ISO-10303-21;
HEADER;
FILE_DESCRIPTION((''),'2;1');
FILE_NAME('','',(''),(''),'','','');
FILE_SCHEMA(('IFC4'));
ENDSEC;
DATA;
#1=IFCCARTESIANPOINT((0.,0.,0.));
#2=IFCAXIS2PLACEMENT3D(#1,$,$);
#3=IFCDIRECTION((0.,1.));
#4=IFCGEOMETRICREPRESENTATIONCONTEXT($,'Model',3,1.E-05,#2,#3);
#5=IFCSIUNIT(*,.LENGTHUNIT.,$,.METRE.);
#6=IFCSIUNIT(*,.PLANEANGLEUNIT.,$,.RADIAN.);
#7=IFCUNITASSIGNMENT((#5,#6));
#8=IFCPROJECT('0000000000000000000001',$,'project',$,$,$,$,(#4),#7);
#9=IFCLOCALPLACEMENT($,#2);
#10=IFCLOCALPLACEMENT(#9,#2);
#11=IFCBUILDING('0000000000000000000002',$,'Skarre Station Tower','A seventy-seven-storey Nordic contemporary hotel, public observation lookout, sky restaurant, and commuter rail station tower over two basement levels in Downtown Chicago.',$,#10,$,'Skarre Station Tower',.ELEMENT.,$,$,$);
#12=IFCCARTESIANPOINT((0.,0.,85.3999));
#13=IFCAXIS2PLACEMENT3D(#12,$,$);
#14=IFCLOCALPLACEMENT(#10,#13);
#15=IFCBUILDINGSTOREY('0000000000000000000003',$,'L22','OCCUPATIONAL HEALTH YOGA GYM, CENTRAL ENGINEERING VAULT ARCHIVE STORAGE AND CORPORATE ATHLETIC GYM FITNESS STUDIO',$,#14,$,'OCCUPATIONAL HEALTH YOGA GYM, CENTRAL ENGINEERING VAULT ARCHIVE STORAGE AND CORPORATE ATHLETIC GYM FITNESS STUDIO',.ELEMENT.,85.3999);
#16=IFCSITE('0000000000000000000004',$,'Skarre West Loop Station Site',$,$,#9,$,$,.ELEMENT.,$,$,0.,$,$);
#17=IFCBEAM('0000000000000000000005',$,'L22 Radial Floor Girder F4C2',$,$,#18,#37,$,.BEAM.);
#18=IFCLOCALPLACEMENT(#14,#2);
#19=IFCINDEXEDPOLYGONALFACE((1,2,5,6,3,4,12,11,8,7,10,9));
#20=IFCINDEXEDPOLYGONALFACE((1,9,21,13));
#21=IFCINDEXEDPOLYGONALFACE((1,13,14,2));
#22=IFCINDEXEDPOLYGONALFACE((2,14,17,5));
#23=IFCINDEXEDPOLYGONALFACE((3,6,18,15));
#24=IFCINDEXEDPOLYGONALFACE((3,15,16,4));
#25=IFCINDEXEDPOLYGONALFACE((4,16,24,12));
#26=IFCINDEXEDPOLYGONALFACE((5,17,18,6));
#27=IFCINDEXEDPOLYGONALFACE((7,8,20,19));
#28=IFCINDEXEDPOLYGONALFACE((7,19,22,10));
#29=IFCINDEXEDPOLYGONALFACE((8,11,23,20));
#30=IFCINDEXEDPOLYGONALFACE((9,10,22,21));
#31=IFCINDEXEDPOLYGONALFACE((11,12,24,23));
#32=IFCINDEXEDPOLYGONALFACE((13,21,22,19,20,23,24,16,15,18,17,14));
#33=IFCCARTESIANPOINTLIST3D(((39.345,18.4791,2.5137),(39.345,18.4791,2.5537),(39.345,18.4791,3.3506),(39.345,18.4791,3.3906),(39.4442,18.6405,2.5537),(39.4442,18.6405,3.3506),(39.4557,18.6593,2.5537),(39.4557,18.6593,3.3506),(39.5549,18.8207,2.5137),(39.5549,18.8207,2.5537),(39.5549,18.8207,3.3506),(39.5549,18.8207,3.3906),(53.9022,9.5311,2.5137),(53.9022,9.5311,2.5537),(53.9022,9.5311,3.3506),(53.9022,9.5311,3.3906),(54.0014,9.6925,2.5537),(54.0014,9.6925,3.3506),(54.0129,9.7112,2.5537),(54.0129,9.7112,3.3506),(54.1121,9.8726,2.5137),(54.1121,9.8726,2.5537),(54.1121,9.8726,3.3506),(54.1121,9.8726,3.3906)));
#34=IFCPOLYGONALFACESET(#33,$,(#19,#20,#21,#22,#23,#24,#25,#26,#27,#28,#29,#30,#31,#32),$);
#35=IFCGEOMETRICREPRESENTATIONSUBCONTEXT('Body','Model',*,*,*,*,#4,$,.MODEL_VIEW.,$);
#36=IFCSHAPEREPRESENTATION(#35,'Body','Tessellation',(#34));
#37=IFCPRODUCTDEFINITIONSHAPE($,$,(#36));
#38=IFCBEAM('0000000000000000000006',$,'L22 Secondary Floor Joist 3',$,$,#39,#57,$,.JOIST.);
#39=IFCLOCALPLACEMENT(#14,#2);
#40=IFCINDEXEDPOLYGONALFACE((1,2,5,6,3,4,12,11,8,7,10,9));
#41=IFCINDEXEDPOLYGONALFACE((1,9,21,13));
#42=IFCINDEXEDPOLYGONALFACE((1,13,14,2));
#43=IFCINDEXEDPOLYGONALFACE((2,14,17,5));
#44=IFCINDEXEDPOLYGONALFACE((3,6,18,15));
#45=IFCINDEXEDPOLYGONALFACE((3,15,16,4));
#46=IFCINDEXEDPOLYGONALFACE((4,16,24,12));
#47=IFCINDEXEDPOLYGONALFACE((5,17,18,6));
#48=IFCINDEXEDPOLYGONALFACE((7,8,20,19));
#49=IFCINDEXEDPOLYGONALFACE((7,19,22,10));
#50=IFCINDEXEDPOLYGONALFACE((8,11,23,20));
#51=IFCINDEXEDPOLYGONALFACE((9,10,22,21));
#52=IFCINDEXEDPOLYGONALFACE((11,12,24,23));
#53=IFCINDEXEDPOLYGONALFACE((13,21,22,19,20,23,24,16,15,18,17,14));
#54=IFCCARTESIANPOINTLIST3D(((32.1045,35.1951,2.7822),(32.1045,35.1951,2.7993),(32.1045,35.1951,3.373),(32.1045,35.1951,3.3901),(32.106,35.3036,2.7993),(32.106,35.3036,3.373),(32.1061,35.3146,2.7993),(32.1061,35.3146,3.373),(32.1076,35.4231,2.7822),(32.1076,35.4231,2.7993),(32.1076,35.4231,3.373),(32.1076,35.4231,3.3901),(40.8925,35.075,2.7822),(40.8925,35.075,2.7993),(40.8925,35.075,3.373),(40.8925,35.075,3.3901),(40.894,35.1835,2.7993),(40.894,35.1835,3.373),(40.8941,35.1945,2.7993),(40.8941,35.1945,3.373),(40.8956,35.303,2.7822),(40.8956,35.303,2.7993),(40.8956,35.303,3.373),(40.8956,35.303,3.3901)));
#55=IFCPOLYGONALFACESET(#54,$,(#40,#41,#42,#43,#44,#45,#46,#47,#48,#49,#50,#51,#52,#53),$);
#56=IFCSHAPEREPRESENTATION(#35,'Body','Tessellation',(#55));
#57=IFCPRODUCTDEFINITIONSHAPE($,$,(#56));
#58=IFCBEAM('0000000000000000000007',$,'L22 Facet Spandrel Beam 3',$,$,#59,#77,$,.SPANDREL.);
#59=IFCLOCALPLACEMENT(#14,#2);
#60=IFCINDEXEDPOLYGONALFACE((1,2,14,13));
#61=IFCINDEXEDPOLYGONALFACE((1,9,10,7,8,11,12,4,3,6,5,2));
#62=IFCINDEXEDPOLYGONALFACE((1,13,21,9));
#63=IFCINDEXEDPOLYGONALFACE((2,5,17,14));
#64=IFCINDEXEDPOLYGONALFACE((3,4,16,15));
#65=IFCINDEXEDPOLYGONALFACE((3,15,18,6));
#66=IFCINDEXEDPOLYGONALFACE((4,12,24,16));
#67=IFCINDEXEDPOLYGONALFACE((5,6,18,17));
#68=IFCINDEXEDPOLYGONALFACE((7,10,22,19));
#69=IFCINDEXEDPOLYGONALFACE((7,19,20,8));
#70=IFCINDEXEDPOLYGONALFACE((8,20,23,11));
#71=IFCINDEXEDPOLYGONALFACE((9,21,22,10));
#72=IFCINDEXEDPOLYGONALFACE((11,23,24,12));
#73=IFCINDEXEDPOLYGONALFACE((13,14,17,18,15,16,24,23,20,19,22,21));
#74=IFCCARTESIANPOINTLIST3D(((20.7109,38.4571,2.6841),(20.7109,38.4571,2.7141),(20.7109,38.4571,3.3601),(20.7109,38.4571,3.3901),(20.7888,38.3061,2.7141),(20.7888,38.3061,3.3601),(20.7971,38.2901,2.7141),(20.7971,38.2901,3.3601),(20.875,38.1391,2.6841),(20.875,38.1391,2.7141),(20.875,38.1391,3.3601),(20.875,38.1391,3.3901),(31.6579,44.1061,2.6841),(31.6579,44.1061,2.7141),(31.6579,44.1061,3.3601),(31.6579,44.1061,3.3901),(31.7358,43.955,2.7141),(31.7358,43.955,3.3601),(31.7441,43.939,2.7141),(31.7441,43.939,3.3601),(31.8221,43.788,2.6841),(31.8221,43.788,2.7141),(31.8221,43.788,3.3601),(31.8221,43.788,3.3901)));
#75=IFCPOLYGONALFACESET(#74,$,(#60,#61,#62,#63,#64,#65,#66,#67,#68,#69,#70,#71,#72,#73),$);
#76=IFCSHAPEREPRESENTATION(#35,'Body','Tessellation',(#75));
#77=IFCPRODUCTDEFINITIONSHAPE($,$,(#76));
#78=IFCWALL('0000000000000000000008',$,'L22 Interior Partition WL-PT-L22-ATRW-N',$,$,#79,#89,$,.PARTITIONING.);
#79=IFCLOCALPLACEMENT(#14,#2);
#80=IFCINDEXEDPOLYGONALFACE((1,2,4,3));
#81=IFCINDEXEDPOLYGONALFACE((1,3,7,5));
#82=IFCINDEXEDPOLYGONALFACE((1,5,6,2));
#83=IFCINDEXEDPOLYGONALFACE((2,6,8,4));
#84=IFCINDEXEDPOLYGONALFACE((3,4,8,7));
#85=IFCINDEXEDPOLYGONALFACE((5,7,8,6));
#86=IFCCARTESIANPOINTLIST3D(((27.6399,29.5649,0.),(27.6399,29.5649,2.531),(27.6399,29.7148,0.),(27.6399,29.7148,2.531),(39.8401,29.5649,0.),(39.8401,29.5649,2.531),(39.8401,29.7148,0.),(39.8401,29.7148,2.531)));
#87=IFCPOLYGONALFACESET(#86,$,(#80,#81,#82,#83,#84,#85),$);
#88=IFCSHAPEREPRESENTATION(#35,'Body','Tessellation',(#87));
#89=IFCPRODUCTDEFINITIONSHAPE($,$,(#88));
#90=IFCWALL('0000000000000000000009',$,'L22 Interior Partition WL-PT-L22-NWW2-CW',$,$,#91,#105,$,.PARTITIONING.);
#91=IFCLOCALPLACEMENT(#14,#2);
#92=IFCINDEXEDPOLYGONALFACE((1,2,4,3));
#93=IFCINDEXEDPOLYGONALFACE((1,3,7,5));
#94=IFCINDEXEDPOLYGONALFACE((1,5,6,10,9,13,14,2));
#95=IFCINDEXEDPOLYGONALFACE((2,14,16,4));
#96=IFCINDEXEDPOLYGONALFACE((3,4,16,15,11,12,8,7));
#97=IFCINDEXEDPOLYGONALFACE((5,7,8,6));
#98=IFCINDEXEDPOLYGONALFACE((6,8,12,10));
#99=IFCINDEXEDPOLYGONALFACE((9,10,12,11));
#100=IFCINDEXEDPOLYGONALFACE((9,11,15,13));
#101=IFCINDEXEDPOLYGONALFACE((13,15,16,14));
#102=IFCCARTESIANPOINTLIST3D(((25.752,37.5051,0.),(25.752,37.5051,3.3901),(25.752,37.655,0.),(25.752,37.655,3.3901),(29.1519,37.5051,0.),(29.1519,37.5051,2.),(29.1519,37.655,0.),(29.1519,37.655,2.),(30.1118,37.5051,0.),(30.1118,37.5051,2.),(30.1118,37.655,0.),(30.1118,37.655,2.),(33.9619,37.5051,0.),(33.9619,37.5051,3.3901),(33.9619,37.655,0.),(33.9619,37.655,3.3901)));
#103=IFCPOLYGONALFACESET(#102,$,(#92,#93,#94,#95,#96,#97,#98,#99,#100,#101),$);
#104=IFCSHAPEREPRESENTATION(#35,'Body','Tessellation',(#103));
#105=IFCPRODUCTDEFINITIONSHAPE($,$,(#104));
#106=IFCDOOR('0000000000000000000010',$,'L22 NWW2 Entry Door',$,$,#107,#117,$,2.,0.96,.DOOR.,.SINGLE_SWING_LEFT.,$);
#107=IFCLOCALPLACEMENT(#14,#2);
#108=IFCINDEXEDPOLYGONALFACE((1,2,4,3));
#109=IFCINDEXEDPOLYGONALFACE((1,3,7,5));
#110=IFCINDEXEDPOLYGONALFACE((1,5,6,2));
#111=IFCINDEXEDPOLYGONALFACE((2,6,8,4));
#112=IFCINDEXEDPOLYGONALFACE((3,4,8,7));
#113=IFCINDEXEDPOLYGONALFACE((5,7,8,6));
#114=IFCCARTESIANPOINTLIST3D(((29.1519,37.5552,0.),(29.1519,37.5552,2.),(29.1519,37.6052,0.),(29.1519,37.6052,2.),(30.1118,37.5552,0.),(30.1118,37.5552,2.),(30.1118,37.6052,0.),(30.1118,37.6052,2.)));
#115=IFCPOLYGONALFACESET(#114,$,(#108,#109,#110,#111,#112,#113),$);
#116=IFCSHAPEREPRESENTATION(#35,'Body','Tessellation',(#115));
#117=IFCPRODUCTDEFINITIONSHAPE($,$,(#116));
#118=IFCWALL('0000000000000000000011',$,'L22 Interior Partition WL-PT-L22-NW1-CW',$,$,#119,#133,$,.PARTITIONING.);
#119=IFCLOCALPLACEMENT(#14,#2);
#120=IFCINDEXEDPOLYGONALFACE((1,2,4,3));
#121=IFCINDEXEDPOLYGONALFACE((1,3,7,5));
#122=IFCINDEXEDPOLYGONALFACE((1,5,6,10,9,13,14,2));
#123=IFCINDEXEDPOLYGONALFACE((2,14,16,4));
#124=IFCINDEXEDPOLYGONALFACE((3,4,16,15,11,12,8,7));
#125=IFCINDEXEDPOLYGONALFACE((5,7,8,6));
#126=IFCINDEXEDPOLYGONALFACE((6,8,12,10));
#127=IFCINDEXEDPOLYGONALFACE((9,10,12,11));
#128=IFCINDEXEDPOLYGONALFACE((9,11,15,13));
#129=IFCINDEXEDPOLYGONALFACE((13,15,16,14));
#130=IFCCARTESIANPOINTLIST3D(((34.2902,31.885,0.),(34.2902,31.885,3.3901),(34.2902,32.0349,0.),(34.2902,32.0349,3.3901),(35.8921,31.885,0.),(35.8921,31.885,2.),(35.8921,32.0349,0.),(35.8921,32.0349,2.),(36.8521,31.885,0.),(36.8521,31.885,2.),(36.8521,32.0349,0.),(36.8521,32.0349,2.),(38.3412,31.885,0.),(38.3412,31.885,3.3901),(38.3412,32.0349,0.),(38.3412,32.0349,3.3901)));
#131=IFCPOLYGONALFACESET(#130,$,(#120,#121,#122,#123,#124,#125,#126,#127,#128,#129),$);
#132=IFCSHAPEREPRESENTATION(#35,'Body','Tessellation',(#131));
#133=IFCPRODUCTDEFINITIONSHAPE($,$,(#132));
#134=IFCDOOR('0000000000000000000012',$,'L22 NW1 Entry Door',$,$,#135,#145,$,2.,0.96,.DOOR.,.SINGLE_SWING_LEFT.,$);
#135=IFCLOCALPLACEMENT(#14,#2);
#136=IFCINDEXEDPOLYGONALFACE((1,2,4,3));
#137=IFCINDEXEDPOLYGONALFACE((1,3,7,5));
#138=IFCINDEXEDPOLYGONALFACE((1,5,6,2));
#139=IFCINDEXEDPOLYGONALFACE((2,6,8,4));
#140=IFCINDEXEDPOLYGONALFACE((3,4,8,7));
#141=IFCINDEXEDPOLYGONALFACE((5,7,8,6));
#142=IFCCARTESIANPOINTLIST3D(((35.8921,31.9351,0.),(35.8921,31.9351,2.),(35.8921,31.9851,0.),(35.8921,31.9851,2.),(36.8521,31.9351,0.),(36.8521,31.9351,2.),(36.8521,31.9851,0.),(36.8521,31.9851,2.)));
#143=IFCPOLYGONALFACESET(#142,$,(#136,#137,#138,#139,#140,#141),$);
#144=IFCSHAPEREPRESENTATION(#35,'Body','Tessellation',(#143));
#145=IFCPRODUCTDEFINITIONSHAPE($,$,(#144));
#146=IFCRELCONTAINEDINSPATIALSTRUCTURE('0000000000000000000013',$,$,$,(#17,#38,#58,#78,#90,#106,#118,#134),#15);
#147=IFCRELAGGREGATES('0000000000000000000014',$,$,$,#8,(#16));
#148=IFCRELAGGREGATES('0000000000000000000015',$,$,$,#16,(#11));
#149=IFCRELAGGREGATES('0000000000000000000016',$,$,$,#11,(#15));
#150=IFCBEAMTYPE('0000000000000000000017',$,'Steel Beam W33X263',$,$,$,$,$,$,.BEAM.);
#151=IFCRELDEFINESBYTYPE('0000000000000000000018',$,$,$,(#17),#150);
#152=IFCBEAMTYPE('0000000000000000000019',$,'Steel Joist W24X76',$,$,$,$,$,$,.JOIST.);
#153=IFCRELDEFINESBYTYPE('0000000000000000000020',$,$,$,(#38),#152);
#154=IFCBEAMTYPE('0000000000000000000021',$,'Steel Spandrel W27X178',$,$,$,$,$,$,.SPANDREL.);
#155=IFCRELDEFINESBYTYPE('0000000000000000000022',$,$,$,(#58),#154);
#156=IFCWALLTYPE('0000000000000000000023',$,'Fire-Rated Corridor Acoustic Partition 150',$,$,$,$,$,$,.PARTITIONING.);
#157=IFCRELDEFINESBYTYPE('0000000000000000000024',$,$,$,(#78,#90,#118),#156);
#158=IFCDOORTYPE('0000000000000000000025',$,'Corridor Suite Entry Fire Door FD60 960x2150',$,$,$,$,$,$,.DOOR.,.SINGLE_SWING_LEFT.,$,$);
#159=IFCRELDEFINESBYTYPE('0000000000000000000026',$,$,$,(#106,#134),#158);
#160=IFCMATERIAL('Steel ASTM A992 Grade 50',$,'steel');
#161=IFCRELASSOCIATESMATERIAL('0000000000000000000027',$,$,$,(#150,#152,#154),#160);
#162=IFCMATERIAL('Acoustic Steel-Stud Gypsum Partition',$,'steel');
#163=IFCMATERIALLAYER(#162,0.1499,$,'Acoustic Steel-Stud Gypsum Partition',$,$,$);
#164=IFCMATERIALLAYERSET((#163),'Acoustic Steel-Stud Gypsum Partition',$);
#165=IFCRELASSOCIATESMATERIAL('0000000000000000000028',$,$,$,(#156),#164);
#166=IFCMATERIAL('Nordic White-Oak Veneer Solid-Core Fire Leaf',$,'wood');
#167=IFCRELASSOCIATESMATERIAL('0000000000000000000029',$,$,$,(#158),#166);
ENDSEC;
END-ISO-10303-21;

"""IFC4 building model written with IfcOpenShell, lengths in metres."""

from ifc_helpers import new_model, si_unit, direction, frame, frame_2d, origin, origin_2d, place, context, subcontext, project, spatial, rectangle, i_section, extrude, material, layer, layer_set, material_profile, profile_set, type_object, element, fill, save


model = new_model("IFC4")

# Units and contexts
model_context = context("Model", 3, precision=1e-05, world=origin(), true_north=direction((0.0, 1.0)))
body_context = subcontext(model_context, "Body", "Model", "MODEL_VIEW")
ifc_project = project(units=[si_unit("LENGTHUNIT", "METRE"), si_unit("PLANEANGLEUNIT", "RADIAN")], contexts=[model_context])

# Site, building, storey
site_placement = place(None, origin())
site = spatial("IfcSite", under=ifc_project, at=site_placement, Name="Skarre West Loop Station Site", CompositionType="ELEMENT", RefElevation=0.0)
building_placement = place(site_placement, origin())
building = spatial("IfcBuilding", under=site, at=building_placement, Name="Skarre Station Tower", Description="A seventy-seven-storey Nordic contemporary hotel, public observation lookout, sky restaurant, and commuter rail station tower over two basement levels in Downtown Chicago.", LongName="Skarre Station Tower", CompositionType="ELEMENT")
storey_placement = place(building_placement, frame((0.0, 0.0, 85.3999)))
storey = spatial("IfcBuildingStorey", under=building, at=storey_placement, Name="L22", Description="OCCUPATIONAL HEALTH YOGA GYM, CENTRAL ENGINEERING VAULT ARCHIVE STORAGE AND CORPORATE ATHLETIC GYM FITNESS STUDIO", LongName="OCCUPATIONAL HEALTH YOGA GYM, CENTRAL ENGINEERING VAULT ARCHIVE STORAGE AND CORPORATE ATHLETIC GYM FITNESS STUDIO", CompositionType="ELEMENT", Elevation=85.3999)

# Beams
ifc_material_1 = material(Name="Steel ASTM A992 Grade 50", Category="steel")
ifc_material_profile_1 = material_profile(ifc_material_1, i_section(OverallWidth=0.4009, OverallDepth=0.877, WebThickness=0.022, FlangeThickness=0.04, at=origin_2d()), Name="Steel ASTM A992 Grade 50")
ifc_profile_set_1 = profile_set([ifc_material_profile_1], Name="Steel ASTM A992 Grade 50")
beam_type_1 = type_object("IfcBeamType", Name="Steel Beam W33X263", PredefinedType="BEAM", material=ifc_profile_set_1)
beam_1_placement = place(storey_placement, frame((39.45, 18.6499, 2.9521), z_axis=(0.851926, -0.523663, 0.0), x_axis=(0.523663, 0.851926, 0.0)))
element("IfcBeam", 1, at=beam_1_placement, inside=storey, type_object=beam_type_1, Name="L22 Radial Floor Girder F4C2", PredefinedType="BEAM", context=body_context, shape_type="SweptSolid", body=[
    extrude(i_section(OverallWidth=0.4009, OverallDepth=0.877, WebThickness=0.022, FlangeThickness=0.04, at=origin_2d()), origin(), (0.0, 0.0, 1.0), 17.0874),
])
ifc_material_profile_2 = material_profile(ifc_material_1, i_section(OverallWidth=0.228, OverallDepth=0.6079, WebThickness=0.011, FlangeThickness=0.0171, at=origin_2d()), Name="Steel ASTM A992 Grade 50")
ifc_profile_set_2 = profile_set([ifc_material_profile_2], Name="Steel ASTM A992 Grade 50")
beam_type_2 = type_object("IfcBeamType", Name="Steel Joist W24X76", PredefinedType="JOIST", material=ifc_profile_set_2)
beam_2_placement = place(storey_placement, frame((40.894, 35.189, 3.0862), z_axis=(-0.999907, 0.013667, 0.0), x_axis=(-0.013667, -0.999907, 0.0)))
element("IfcBeam", 2, at=beam_2_placement, inside=storey, type_object=beam_type_2, Name="L22 Secondary Floor Joist 3", PredefinedType="JOIST", context=body_context, shape_type="SweptSolid", body=[
    extrude(i_section(OverallWidth=0.228, OverallDepth=0.6079, WebThickness=0.011, FlangeThickness=0.0171, at=origin_2d()), origin(), (0.0, 0.0, 1.0), 8.7888),
])
ifc_material_profile_3 = material_profile(ifc_material_1, i_section(OverallWidth=0.3579, OverallDepth=0.7061, WebThickness=0.0181, FlangeThickness=0.03, at=origin_2d()), Name="Steel ASTM A992 Grade 50")
ifc_profile_set_3 = profile_set([ifc_material_profile_3], Name="Steel ASTM A992 Grade 50")
beam_type_3 = type_object("IfcBeamType", Name="Steel Spandrel W27X178", PredefinedType="SPANDREL", material=ifc_profile_set_3)
beam_3_placement = place(storey_placement, frame((31.74, 43.947, 3.0371), z_axis=(-0.888659, -0.458569, 0.0), x_axis=(0.458569, -0.888659, 0.0)))
element("IfcBeam", 3, at=beam_3_placement, inside=storey, type_object=beam_type_3, Name="L22 Facet Spandrel Beam 3", PredefinedType="SPANDREL", context=body_context, shape_type="SweptSolid", body=[
    extrude(i_section(OverallWidth=0.3579, OverallDepth=0.7061, WebThickness=0.0181, FlangeThickness=0.03, at=origin_2d()), origin(), (0.0, 0.0, 1.0), 12.3186),
])

# Wall
ifc_material_2 = material(Name="Acoustic Steel-Stud Gypsum Partition", Category="steel")
ifc_layer_1 = layer(ifc_material_2, 0.1499, Name="Acoustic Steel-Stud Gypsum Partition")
ifc_layer_set_1 = layer_set([ifc_layer_1], Name="Acoustic Steel-Stud Gypsum Partition")
wall_type_1 = type_object("IfcWallType", Name="Fire-Rated Corridor Acoustic Partition 150", PredefinedType="PARTITIONING", material=ifc_layer_set_1)
wall_1_placement = place(storey_placement, frame((39.8401, 29.6399, 0.0), z_axis=(0.0, 0.0, 1.0), x_axis=(-1.0, 0.0, 0.0)))
element("IfcWall", 4, at=wall_1_placement, inside=storey, type_object=wall_type_1, Name="L22 Interior Partition WL-PT-L22-ATRW-N", PredefinedType="PARTITIONING", context=body_context, shape_type="SweptSolid", body=[
    extrude(rectangle(XDim=12.2002, YDim=0.1499, at=frame_2d((6.1001, 0.0))), origin(), (0.0, 0.0, 1.0), 2.531),
])

# Walls, openings, doors
wall_2_placement = place(storey_placement, frame((33.9619, 37.5801, 0.0), z_axis=(0.0, 0.0, 1.0), x_axis=(-1.0, 0.0, 0.0)))
wall_2 = element("IfcWall", 5, at=wall_2_placement, inside=storey, type_object=wall_type_1, Name="L22 Interior Partition WL-PT-L22-NWW2-CW", PredefinedType="PARTITIONING", context=body_context, shape_type="SweptSolid", body=[
    extrude(rectangle(XDim=8.21, YDim=0.1499, at=frame_2d((4.105, 0.0))), origin(), (0.0, 0.0, 1.0), 3.3901),
])
opening_1_placement = place(wall_2_placement, frame((3.8501, 0.0, 0.0)))
opening_1 = element("IfcOpeningElement", 6, at=opening_1_placement, cuts=wall_2, PredefinedType="OPENING", context=body_context, shape_type="SweptSolid", body=[
    extrude(rectangle(XDim=0.96, YDim=2.0, at=frame_2d((0.48, 1.0))), frame((0.0, 0.085, 0.0), z_axis=(0.0, -1.0, 0.0), x_axis=(1.0, 0.0, 0.0)), (0.0, 0.0, 1.0), 0.1699),
])
ifc_material_3 = material(Name="Nordic White-Oak Veneer Solid-Core Fire Leaf", Category="wood")
door_type = type_object("IfcDoorType", Name="Corridor Suite Entry Fire Door FD60 960x2150", OperationType="SINGLE_SWING_LEFT", PredefinedType="DOOR", material=ifc_material_3)
door_1_placement = place(opening_1_placement, origin())
door_1 = element("IfcDoor", 7, at=door_1_placement, inside=storey, type_object=door_type, Name="L22 NWW2 Entry Door", OperationType="SINGLE_SWING_LEFT", OverallHeight=2.0, OverallWidth=0.96, PredefinedType="DOOR", context=body_context, shape_type="SweptSolid", body=[
    extrude(rectangle(XDim=0.96, YDim=2.0, at=frame_2d((0.48, 1.0))), frame((0.0, 0.0249, 0.0), z_axis=(0.0, -1.0, 0.0), x_axis=(1.0, 0.0, 0.0)), (0.0, 0.0, 1.0), 0.05),
])
fill(opening_1, door_1)
wall_3_placement = place(storey_placement, frame((38.3411, 31.96, 0.0), z_axis=(0.0, 0.0, 1.0), x_axis=(-1.0, 0.0, 0.0)))
wall_3 = element("IfcWall", 8, at=wall_3_placement, inside=storey, type_object=wall_type_1, Name="L22 Interior Partition WL-PT-L22-NW1-CW", PredefinedType="PARTITIONING", context=body_context, shape_type="SweptSolid", body=[
    extrude(rectangle(XDim=4.051, YDim=0.1499, at=frame_2d((2.0254, 0.0))), origin(), (0.0, 0.0, 1.0), 3.3901),
])
opening_2_placement = place(wall_3_placement, frame((1.489, 0.0, 0.0)))
opening_2 = element("IfcOpeningElement", 9, at=opening_2_placement, cuts=wall_3, PredefinedType="OPENING", context=body_context, shape_type="SweptSolid", body=[
    extrude(rectangle(XDim=0.96, YDim=2.0, at=frame_2d((0.48, 1.0))), frame((0.0, 0.085, 0.0), z_axis=(0.0, -1.0, 0.0), x_axis=(1.0, 0.0, 0.0)), (0.0, 0.0, 1.0), 0.1699),
])
door_2_placement = place(opening_2_placement, origin())
door_2 = element("IfcDoor", 10, at=door_2_placement, inside=storey, type_object=door_type, Name="L22 NW1 Entry Door", OperationType="SINGLE_SWING_LEFT", OverallHeight=2.0, OverallWidth=0.96, PredefinedType="DOOR", context=body_context, shape_type="SweptSolid", body=[
    extrude(rectangle(XDim=0.96, YDim=2.0, at=frame_2d((0.48, 1.0))), frame((0.0, 0.0249, 0.0), z_axis=(0.0, -1.0, 0.0), x_axis=(1.0, 0.0, 0.0)), (0.0, 0.0, 1.0), 0.05),
])
fill(opening_2, door_2)

save(model, "model.ifc")
